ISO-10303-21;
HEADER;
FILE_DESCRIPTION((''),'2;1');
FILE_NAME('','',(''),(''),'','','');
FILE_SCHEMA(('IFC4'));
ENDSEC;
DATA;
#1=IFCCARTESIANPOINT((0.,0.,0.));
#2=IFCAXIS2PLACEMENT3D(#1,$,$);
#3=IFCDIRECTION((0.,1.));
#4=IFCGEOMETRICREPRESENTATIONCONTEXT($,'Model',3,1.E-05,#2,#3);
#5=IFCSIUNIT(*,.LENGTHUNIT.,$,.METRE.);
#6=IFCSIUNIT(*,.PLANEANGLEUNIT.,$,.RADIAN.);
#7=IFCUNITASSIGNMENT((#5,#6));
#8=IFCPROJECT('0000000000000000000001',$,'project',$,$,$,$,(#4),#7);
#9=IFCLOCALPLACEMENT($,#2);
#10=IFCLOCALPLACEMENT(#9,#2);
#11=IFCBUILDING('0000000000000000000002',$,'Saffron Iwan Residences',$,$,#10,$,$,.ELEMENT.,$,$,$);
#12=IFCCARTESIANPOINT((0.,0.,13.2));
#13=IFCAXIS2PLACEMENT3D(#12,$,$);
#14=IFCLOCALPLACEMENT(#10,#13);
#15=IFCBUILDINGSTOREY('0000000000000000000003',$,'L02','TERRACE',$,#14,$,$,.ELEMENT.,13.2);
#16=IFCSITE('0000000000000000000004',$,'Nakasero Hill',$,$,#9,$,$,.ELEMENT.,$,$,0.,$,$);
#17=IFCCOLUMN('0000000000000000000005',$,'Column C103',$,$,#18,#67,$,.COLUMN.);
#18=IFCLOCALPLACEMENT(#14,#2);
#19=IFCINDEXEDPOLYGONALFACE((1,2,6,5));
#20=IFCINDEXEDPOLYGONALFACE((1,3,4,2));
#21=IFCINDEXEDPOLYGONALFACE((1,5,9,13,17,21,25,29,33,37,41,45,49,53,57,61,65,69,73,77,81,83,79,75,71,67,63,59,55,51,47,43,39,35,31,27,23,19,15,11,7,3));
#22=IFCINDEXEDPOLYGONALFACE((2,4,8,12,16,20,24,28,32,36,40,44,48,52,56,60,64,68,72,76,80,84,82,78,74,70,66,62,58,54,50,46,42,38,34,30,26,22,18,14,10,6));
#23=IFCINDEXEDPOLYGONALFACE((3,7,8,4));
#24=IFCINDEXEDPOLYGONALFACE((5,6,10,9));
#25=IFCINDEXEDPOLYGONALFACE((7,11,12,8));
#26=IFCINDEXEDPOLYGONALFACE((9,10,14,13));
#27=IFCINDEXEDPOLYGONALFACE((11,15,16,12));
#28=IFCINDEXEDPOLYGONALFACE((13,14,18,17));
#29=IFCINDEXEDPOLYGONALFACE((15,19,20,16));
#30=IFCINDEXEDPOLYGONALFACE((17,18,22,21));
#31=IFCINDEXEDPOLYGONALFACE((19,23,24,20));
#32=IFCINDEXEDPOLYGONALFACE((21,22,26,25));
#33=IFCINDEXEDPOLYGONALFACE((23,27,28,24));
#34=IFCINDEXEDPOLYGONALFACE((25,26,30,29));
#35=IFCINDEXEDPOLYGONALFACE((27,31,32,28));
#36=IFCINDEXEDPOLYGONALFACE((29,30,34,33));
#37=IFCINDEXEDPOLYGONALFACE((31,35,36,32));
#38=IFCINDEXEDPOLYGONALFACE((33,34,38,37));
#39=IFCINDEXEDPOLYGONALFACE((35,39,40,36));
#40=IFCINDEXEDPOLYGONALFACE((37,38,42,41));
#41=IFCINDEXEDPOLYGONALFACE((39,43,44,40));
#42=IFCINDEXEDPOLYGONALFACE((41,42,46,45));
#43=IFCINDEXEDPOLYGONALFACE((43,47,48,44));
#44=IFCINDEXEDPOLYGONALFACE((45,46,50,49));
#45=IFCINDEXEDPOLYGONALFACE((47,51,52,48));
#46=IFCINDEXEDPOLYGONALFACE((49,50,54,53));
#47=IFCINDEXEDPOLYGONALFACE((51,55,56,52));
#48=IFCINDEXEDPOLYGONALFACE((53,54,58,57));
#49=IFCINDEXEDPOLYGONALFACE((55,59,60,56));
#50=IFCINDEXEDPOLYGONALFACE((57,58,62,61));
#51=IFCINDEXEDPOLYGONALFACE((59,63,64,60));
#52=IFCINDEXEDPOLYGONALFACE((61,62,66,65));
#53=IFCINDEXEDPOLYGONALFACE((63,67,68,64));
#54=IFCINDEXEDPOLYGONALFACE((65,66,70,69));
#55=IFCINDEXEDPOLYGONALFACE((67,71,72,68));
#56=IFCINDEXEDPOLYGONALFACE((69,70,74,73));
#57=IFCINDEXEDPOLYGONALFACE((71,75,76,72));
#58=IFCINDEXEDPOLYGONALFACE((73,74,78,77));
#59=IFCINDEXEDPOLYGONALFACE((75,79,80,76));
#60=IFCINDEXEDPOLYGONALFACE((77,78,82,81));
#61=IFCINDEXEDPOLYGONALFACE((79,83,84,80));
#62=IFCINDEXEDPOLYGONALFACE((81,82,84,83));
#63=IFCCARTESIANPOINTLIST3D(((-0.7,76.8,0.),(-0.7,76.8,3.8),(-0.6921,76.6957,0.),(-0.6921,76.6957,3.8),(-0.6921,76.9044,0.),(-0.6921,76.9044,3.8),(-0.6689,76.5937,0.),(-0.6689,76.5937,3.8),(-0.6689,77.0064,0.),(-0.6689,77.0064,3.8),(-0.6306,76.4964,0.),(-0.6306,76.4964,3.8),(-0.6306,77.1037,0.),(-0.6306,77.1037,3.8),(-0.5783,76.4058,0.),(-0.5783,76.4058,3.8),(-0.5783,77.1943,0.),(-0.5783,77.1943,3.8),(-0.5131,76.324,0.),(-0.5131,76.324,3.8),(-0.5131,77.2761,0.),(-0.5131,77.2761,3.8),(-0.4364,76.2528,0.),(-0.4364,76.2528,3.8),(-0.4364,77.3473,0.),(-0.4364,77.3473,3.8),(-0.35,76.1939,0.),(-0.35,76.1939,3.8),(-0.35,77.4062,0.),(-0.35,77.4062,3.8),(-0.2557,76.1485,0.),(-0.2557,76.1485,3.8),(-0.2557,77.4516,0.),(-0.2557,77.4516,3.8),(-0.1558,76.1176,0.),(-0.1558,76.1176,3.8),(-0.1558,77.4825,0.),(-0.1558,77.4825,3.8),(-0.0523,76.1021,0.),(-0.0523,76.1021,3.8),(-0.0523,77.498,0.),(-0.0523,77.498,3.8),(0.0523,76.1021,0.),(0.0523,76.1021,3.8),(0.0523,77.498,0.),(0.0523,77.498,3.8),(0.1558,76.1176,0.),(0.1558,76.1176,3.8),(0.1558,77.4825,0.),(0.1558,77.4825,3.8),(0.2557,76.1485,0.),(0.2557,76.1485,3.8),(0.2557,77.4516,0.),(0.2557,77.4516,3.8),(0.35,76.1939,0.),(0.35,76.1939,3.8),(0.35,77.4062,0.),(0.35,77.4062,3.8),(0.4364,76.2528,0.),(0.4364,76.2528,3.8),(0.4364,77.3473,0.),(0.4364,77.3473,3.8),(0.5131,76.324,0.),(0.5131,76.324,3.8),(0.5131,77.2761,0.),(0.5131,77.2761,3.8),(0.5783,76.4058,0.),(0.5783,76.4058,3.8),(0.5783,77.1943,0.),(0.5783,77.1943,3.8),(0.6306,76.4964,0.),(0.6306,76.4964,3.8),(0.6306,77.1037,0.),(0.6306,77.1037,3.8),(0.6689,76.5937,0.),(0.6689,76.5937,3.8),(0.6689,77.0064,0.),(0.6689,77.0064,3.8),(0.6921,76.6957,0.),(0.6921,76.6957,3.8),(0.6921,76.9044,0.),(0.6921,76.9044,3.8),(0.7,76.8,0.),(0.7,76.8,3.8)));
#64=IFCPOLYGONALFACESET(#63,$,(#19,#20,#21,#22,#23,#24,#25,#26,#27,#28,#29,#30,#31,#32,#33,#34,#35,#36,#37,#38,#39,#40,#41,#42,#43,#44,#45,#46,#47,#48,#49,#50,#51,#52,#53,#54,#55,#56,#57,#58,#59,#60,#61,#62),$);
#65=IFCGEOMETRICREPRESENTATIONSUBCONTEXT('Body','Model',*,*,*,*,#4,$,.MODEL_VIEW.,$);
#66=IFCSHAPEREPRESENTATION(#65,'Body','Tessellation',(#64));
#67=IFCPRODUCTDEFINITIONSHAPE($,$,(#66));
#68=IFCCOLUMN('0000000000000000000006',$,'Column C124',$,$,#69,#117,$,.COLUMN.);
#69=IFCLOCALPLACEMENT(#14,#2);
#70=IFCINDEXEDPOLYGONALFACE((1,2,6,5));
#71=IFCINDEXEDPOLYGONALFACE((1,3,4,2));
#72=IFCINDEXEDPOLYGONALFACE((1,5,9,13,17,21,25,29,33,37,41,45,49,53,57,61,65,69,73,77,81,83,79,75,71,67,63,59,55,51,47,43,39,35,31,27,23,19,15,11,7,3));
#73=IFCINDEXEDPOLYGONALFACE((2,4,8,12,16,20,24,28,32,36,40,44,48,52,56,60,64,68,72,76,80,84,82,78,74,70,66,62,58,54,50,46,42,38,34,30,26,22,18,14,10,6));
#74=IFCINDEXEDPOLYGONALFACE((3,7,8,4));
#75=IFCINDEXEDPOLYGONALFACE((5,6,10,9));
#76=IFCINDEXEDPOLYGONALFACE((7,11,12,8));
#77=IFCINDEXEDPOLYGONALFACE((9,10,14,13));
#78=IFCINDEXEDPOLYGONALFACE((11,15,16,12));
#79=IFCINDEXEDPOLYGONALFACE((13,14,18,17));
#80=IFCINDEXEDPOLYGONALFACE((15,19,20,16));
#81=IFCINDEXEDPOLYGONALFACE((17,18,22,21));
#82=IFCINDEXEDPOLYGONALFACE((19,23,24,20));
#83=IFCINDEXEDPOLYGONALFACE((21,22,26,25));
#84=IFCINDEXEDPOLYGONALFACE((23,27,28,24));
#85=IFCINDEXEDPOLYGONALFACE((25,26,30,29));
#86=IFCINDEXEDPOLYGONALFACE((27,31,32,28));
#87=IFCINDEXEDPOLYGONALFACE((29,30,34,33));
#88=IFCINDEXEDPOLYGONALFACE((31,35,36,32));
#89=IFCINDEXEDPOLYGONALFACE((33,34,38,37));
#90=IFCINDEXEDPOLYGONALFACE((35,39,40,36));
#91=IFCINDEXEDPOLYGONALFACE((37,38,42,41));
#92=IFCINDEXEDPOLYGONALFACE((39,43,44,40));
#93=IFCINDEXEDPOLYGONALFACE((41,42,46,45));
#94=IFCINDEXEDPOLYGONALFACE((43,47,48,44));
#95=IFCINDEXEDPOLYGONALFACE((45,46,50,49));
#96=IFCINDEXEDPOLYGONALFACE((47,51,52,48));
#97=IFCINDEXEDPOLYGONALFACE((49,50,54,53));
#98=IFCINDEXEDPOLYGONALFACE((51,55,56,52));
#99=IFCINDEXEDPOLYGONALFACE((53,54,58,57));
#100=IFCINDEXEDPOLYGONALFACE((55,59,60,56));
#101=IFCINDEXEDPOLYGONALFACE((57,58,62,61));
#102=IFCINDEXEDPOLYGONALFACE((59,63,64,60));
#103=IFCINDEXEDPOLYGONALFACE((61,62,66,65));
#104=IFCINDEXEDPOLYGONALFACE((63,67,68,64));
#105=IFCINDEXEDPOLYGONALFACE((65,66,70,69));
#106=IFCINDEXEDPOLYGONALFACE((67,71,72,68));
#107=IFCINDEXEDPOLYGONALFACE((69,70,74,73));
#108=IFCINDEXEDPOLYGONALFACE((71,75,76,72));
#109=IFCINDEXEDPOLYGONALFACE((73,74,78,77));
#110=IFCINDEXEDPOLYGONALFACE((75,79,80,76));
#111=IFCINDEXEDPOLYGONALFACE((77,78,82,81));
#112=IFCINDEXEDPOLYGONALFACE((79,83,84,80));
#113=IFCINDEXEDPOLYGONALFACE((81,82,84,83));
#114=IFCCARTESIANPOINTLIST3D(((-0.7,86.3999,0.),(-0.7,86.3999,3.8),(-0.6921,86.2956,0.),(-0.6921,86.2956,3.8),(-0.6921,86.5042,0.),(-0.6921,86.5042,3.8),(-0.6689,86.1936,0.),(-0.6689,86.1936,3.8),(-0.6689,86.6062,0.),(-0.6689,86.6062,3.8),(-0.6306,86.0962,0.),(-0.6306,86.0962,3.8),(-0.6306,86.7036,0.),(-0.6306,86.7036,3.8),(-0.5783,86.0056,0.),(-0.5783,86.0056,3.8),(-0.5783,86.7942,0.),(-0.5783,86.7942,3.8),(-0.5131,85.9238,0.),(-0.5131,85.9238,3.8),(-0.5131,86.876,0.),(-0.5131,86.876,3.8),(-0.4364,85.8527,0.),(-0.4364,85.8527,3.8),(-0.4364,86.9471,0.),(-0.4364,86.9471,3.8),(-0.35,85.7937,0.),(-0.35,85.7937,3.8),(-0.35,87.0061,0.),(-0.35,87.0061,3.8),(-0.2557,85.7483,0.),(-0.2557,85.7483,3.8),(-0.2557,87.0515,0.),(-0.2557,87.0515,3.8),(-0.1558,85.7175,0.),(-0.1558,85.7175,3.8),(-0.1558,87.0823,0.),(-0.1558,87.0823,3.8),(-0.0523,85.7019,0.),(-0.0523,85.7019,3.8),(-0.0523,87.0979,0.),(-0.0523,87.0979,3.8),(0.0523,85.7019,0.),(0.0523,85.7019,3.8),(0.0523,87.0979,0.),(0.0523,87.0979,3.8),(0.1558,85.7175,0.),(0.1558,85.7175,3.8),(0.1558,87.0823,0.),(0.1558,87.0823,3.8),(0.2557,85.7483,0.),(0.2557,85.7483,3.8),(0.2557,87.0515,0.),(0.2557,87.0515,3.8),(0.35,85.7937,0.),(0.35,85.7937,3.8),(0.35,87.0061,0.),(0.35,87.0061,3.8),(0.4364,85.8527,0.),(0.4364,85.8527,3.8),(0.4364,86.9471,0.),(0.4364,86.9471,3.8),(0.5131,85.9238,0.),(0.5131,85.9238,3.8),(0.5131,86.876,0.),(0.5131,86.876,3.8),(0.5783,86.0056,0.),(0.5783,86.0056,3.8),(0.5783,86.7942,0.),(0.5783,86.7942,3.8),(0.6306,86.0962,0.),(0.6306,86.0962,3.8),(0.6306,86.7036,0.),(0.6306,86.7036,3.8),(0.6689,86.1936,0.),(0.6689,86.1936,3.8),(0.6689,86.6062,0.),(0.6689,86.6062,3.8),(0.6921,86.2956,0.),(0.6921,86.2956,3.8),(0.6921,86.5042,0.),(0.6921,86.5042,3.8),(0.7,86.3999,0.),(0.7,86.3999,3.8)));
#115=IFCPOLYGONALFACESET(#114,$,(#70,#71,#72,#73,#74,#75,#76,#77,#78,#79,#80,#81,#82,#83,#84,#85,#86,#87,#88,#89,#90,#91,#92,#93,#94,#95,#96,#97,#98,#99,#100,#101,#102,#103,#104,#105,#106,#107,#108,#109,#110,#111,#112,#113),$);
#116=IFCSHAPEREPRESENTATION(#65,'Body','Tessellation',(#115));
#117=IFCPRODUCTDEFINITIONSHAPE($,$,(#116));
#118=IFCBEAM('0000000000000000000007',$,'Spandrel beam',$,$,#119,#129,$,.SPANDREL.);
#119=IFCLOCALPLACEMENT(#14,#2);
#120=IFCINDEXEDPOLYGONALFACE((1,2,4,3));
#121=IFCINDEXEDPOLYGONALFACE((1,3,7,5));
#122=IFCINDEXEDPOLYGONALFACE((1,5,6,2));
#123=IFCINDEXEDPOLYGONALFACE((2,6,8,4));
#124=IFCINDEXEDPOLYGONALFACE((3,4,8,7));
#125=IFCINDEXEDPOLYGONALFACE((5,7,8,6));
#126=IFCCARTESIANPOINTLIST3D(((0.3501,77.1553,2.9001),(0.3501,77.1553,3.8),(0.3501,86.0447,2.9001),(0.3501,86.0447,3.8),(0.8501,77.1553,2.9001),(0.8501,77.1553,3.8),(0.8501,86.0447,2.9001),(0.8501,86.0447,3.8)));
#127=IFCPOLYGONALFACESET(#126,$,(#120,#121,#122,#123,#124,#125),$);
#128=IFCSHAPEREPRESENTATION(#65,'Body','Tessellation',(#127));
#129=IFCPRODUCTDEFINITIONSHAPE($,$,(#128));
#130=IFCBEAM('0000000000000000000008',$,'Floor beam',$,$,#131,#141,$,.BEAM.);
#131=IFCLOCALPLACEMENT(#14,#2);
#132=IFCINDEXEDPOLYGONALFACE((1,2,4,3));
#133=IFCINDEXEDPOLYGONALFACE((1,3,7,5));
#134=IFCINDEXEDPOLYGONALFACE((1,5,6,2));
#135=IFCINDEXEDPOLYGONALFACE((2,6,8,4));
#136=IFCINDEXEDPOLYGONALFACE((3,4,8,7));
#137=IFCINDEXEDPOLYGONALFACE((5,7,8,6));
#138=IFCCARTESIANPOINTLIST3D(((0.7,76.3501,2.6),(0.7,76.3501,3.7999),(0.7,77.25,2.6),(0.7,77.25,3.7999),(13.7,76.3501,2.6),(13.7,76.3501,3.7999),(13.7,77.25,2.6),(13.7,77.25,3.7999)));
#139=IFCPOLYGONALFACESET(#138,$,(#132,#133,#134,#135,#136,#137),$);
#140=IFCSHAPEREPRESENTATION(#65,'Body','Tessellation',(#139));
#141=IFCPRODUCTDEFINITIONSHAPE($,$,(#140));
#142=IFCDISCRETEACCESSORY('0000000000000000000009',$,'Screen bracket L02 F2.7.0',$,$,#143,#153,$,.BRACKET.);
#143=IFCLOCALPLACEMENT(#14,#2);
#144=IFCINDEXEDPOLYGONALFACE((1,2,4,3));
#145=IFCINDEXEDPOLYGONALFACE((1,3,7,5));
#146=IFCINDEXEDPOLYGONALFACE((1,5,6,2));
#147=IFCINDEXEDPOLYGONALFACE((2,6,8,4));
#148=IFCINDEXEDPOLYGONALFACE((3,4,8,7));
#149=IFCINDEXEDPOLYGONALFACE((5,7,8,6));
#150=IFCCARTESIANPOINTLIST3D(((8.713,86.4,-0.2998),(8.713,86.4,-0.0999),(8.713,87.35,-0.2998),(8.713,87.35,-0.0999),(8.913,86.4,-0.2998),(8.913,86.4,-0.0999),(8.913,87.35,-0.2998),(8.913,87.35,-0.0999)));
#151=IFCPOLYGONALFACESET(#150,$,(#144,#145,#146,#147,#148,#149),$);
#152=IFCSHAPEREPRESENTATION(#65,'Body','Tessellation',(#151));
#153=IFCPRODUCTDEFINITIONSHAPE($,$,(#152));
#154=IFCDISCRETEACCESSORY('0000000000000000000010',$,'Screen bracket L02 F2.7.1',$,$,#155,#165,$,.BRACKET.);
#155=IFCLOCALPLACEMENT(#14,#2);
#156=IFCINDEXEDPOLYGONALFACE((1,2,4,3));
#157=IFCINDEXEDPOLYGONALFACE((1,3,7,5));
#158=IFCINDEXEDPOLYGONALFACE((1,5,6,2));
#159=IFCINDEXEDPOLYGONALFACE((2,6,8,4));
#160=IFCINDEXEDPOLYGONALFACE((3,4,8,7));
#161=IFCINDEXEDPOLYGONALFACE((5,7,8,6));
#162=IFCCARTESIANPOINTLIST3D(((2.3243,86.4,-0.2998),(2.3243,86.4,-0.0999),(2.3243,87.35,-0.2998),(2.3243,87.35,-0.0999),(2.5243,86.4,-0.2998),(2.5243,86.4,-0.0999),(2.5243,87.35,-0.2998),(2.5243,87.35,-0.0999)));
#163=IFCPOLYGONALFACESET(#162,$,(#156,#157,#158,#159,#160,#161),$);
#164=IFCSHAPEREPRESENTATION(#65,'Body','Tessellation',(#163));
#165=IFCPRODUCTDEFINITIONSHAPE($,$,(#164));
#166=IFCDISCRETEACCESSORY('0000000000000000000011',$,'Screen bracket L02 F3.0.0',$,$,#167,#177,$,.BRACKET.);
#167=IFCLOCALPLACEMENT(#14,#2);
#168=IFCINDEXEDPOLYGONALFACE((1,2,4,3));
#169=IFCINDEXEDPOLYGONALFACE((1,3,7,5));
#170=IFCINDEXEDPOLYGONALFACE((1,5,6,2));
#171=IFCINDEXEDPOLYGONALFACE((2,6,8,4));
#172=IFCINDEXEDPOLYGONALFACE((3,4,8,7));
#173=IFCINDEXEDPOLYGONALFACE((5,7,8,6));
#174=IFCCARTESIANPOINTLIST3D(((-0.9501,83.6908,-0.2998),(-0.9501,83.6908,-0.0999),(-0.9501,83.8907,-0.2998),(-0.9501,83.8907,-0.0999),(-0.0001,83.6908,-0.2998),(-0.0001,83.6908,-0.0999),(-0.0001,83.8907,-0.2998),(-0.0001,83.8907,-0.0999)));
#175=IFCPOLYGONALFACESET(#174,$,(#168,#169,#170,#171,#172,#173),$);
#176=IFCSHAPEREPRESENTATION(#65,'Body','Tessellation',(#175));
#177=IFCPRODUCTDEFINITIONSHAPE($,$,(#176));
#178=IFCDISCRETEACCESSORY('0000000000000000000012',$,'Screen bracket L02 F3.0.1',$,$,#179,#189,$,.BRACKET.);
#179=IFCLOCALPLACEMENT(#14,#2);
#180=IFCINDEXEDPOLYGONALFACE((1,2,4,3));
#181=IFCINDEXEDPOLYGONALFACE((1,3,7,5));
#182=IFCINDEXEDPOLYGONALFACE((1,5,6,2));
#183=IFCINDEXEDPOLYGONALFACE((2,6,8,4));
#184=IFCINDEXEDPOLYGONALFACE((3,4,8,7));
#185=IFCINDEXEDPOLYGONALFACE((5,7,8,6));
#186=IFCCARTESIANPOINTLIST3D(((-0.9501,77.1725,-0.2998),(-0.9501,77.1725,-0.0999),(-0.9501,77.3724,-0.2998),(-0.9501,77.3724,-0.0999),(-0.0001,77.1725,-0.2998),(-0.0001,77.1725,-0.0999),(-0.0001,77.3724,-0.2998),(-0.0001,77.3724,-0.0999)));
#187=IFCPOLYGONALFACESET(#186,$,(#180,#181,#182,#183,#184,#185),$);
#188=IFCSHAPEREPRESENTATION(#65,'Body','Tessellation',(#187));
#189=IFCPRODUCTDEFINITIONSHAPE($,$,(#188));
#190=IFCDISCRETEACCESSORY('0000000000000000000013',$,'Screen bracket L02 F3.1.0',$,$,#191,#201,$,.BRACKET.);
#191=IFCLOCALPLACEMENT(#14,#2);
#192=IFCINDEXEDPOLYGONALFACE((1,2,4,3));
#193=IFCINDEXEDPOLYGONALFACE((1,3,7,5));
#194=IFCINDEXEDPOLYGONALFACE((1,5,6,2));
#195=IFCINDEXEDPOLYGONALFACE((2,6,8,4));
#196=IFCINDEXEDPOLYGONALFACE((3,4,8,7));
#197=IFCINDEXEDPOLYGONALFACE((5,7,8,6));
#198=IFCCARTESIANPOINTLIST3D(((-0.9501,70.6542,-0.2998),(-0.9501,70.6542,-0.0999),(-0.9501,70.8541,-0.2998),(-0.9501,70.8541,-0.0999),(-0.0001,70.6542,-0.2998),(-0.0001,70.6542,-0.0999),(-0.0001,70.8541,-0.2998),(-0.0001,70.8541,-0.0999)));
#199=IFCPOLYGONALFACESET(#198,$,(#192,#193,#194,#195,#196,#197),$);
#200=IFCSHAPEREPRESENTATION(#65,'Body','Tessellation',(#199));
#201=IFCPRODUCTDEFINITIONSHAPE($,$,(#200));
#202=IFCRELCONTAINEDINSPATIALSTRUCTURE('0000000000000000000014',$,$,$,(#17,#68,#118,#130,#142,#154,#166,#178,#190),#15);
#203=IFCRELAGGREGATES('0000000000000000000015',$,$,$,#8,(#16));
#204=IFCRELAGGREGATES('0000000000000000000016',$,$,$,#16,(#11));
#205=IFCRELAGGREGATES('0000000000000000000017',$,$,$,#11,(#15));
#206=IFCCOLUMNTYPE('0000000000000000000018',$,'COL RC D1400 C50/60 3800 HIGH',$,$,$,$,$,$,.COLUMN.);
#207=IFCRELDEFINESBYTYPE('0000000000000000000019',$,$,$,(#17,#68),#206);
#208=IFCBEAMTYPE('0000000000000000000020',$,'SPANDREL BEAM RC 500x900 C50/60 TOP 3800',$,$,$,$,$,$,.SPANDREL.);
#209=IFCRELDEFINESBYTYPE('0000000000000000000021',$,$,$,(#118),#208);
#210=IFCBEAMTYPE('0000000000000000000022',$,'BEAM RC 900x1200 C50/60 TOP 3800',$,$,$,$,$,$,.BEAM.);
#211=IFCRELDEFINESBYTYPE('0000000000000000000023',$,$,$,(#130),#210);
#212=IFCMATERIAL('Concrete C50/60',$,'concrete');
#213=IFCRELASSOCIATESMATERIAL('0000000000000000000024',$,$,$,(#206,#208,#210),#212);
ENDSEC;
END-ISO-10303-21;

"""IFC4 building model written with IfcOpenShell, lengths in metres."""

from ifc_helpers import new_model, si_unit, direction, frame, origin, origin_2d, place, context, subcontext, project, spatial, rectangle, circle, extrude, source, transform, mapped, material, material_profile, profile_set, type_object, element, save


model = new_model("IFC4")

# Units and contexts
model_context = context("Model", 3, precision=1e-05, world=origin(), true_north=direction((0.0, 1.0)))
body_context = subcontext(model_context, "Body", "Model", "MODEL_VIEW")
ifc_project = project(units=[si_unit("LENGTHUNIT", "METRE"), si_unit("PLANEANGLEUNIT", "RADIAN")], contexts=[model_context])

# Site, building, storey
site_placement = place(None, origin())
site = spatial("IfcSite", under=ifc_project, at=site_placement, Name="Nakasero Hill", CompositionType="ELEMENT", RefElevation=0.0)
building_placement = place(site_placement, origin())
building = spatial("IfcBuilding", under=site, at=building_placement, Name="Saffron Iwan Residences", CompositionType="ELEMENT")
storey_placement = place(building_placement, frame((0.0, 0.0, 13.2)))
storey = spatial("IfcBuildingStorey", under=building, at=storey_placement, Name="L02", Description="TERRACE", CompositionType="ELEMENT", Elevation=13.2)

# Columns
ifc_material_1 = material(Name="Concrete C50/60", Category="concrete")
ifc_material_profile_1 = material_profile(ifc_material_1, circle(Radius=0.7, at=origin_2d()), Name="RC D1400")
ifc_profile_set_1 = profile_set([ifc_material_profile_1], Name="Concrete C50/60")
column_type = type_object("IfcColumnType", Name="COL RC D1400 C50/60 3800 HIGH", PredefinedType="COLUMN", material=ifc_profile_set_1)
shared_shape_1 = source(origin(), body_context, "Body", "SweptSolid", [
    extrude(circle(Radius=0.7, at=origin_2d()), origin(), (0.0, 0.0, 1.0), 3.8),
])
for number, where, z_axis, x_axis, name in (
    (1, (0.0, 76.8, 0.0), (0.0, 0.0, 1.0), (1.0, 0.0, 0.0), "Column C103"),
    (2, (0.0, 86.3999, 0.0), (0.0, 0.0, 1.0), (1.0, 0.0, 0.0), "Column C124"),
):
    element("IfcColumn", number, at=place(storey_placement, frame(where, z_axis=z_axis, x_axis=x_axis)), inside=storey, type_object=column_type, Name=name, PredefinedType="COLUMN", context=body_context, shape_type="MappedRepresentation", body=[
        mapped(shared_shape_1, transform((0.0, 0.0, 0.0))),
    ])

# Beams
ifc_material_profile_2 = material_profile(ifc_material_1, rectangle(XDim=0.5, YDim=0.8999, at=origin_2d()), Name="RC 500x900")
ifc_profile_set_2 = profile_set([ifc_material_profile_2], Name="Concrete C50/60")
beam_type_1 = type_object("IfcBeamType", Name="SPANDREL BEAM RC 500x900 C50/60 TOP 3800", PredefinedType="SPANDREL", material=ifc_profile_set_2)
shared_shape_2 = source(origin(), body_context, "Body", "SweptSolid", [
    extrude(rectangle(XDim=0.5, YDim=0.8999, at=origin_2d()), origin(), (0.0, 0.0, 1.0), 8.8894),
])
beam_1_placement = place(storey_placement, frame((0.6001, 77.1553, 3.3501), z_axis=(0.0, 1.0, 0.0), x_axis=(-1.0, 0.0, 0.0)))
element("IfcBeam", 3, at=beam_1_placement, inside=storey, type_object=beam_type_1, Name="Spandrel beam", PredefinedType="SPANDREL", context=body_context, shape_type="MappedRepresentation", body=[
    mapped(shared_shape_2, transform((0.0, 0.0, 0.0))),
])
ifc_material_profile_3 = material_profile(ifc_material_1, rectangle(XDim=0.8999, YDim=1.2, at=origin_2d()), Name="RC 900x1200")
ifc_profile_set_3 = profile_set([ifc_material_profile_3], Name="Concrete C50/60")
beam_type_2 = type_object("IfcBeamType", Name="BEAM RC 900x1200 C50/60 TOP 3800", PredefinedType="BEAM", material=ifc_profile_set_3)
shared_shape_3 = source(origin(), body_context, "Body", "SweptSolid", [
    extrude(rectangle(XDim=0.8999, YDim=1.2, at=origin_2d()), origin(), (0.0, 0.0, 1.0), 13.0),
])
beam_2_placement = place(storey_placement, frame((0.7, 76.8, 3.2), z_axis=(1.0, 0.0, 0.0), x_axis=(0.0, 1.0, 0.0)))
element("IfcBeam", 4, at=beam_2_placement, inside=storey, type_object=beam_type_2, Name="Floor beam", PredefinedType="BEAM", context=body_context, shape_type="MappedRepresentation", body=[
    mapped(shared_shape_3, transform((0.0, 0.0, 0.0))),
])

# Discrete accessories
shared_shape_4 = source(origin(), body_context, "Body", "SweptSolid", [
    extrude(rectangle(XDim=0.95, YDim=0.2, at=origin_2d()), origin(), (0.0, 0.0, 1.0), 0.2),
])
for number, where, z_axis, x_axis, name in (
    (5, (8.813, 86.875, -0.2998), (0.0, 0.0, 1.0), (0.0, 1.0, 0.0), "Screen bracket L02 F2.7.0"),
    (6, (2.4243, 86.875, -0.2998), (0.0, 0.0, 1.0), (0.0, 1.0, 0.0), "Screen bracket L02 F2.7.1"),
    (7, (-0.4751, 83.7908, -0.2998), (0.0, 0.0, 1.0), (-1.0, 0.0, 0.0), "Screen bracket L02 F3.0.0"),
    (8, (-0.4751, 77.2725, -0.2998), (0.0, 0.0, 1.0), (-1.0, 0.0, 0.0), "Screen bracket L02 F3.0.1"),
    (9, (-0.4751, 70.7542, -0.2998), (0.0, 0.0, 1.0), (-1.0, 0.0, 0.0), "Screen bracket L02 F3.1.0"),
):
    element("IfcDiscreteAccessory", number, at=place(storey_placement, frame(where, z_axis=z_axis, x_axis=x_axis)), inside=storey, Name=name, PredefinedType="BRACKET", context=body_context, shape_type="MappedRepresentation", body=[
        mapped(shared_shape_4, transform((0.0, 0.0, 0.0))),
    ])

save(model, "model.ifc")
